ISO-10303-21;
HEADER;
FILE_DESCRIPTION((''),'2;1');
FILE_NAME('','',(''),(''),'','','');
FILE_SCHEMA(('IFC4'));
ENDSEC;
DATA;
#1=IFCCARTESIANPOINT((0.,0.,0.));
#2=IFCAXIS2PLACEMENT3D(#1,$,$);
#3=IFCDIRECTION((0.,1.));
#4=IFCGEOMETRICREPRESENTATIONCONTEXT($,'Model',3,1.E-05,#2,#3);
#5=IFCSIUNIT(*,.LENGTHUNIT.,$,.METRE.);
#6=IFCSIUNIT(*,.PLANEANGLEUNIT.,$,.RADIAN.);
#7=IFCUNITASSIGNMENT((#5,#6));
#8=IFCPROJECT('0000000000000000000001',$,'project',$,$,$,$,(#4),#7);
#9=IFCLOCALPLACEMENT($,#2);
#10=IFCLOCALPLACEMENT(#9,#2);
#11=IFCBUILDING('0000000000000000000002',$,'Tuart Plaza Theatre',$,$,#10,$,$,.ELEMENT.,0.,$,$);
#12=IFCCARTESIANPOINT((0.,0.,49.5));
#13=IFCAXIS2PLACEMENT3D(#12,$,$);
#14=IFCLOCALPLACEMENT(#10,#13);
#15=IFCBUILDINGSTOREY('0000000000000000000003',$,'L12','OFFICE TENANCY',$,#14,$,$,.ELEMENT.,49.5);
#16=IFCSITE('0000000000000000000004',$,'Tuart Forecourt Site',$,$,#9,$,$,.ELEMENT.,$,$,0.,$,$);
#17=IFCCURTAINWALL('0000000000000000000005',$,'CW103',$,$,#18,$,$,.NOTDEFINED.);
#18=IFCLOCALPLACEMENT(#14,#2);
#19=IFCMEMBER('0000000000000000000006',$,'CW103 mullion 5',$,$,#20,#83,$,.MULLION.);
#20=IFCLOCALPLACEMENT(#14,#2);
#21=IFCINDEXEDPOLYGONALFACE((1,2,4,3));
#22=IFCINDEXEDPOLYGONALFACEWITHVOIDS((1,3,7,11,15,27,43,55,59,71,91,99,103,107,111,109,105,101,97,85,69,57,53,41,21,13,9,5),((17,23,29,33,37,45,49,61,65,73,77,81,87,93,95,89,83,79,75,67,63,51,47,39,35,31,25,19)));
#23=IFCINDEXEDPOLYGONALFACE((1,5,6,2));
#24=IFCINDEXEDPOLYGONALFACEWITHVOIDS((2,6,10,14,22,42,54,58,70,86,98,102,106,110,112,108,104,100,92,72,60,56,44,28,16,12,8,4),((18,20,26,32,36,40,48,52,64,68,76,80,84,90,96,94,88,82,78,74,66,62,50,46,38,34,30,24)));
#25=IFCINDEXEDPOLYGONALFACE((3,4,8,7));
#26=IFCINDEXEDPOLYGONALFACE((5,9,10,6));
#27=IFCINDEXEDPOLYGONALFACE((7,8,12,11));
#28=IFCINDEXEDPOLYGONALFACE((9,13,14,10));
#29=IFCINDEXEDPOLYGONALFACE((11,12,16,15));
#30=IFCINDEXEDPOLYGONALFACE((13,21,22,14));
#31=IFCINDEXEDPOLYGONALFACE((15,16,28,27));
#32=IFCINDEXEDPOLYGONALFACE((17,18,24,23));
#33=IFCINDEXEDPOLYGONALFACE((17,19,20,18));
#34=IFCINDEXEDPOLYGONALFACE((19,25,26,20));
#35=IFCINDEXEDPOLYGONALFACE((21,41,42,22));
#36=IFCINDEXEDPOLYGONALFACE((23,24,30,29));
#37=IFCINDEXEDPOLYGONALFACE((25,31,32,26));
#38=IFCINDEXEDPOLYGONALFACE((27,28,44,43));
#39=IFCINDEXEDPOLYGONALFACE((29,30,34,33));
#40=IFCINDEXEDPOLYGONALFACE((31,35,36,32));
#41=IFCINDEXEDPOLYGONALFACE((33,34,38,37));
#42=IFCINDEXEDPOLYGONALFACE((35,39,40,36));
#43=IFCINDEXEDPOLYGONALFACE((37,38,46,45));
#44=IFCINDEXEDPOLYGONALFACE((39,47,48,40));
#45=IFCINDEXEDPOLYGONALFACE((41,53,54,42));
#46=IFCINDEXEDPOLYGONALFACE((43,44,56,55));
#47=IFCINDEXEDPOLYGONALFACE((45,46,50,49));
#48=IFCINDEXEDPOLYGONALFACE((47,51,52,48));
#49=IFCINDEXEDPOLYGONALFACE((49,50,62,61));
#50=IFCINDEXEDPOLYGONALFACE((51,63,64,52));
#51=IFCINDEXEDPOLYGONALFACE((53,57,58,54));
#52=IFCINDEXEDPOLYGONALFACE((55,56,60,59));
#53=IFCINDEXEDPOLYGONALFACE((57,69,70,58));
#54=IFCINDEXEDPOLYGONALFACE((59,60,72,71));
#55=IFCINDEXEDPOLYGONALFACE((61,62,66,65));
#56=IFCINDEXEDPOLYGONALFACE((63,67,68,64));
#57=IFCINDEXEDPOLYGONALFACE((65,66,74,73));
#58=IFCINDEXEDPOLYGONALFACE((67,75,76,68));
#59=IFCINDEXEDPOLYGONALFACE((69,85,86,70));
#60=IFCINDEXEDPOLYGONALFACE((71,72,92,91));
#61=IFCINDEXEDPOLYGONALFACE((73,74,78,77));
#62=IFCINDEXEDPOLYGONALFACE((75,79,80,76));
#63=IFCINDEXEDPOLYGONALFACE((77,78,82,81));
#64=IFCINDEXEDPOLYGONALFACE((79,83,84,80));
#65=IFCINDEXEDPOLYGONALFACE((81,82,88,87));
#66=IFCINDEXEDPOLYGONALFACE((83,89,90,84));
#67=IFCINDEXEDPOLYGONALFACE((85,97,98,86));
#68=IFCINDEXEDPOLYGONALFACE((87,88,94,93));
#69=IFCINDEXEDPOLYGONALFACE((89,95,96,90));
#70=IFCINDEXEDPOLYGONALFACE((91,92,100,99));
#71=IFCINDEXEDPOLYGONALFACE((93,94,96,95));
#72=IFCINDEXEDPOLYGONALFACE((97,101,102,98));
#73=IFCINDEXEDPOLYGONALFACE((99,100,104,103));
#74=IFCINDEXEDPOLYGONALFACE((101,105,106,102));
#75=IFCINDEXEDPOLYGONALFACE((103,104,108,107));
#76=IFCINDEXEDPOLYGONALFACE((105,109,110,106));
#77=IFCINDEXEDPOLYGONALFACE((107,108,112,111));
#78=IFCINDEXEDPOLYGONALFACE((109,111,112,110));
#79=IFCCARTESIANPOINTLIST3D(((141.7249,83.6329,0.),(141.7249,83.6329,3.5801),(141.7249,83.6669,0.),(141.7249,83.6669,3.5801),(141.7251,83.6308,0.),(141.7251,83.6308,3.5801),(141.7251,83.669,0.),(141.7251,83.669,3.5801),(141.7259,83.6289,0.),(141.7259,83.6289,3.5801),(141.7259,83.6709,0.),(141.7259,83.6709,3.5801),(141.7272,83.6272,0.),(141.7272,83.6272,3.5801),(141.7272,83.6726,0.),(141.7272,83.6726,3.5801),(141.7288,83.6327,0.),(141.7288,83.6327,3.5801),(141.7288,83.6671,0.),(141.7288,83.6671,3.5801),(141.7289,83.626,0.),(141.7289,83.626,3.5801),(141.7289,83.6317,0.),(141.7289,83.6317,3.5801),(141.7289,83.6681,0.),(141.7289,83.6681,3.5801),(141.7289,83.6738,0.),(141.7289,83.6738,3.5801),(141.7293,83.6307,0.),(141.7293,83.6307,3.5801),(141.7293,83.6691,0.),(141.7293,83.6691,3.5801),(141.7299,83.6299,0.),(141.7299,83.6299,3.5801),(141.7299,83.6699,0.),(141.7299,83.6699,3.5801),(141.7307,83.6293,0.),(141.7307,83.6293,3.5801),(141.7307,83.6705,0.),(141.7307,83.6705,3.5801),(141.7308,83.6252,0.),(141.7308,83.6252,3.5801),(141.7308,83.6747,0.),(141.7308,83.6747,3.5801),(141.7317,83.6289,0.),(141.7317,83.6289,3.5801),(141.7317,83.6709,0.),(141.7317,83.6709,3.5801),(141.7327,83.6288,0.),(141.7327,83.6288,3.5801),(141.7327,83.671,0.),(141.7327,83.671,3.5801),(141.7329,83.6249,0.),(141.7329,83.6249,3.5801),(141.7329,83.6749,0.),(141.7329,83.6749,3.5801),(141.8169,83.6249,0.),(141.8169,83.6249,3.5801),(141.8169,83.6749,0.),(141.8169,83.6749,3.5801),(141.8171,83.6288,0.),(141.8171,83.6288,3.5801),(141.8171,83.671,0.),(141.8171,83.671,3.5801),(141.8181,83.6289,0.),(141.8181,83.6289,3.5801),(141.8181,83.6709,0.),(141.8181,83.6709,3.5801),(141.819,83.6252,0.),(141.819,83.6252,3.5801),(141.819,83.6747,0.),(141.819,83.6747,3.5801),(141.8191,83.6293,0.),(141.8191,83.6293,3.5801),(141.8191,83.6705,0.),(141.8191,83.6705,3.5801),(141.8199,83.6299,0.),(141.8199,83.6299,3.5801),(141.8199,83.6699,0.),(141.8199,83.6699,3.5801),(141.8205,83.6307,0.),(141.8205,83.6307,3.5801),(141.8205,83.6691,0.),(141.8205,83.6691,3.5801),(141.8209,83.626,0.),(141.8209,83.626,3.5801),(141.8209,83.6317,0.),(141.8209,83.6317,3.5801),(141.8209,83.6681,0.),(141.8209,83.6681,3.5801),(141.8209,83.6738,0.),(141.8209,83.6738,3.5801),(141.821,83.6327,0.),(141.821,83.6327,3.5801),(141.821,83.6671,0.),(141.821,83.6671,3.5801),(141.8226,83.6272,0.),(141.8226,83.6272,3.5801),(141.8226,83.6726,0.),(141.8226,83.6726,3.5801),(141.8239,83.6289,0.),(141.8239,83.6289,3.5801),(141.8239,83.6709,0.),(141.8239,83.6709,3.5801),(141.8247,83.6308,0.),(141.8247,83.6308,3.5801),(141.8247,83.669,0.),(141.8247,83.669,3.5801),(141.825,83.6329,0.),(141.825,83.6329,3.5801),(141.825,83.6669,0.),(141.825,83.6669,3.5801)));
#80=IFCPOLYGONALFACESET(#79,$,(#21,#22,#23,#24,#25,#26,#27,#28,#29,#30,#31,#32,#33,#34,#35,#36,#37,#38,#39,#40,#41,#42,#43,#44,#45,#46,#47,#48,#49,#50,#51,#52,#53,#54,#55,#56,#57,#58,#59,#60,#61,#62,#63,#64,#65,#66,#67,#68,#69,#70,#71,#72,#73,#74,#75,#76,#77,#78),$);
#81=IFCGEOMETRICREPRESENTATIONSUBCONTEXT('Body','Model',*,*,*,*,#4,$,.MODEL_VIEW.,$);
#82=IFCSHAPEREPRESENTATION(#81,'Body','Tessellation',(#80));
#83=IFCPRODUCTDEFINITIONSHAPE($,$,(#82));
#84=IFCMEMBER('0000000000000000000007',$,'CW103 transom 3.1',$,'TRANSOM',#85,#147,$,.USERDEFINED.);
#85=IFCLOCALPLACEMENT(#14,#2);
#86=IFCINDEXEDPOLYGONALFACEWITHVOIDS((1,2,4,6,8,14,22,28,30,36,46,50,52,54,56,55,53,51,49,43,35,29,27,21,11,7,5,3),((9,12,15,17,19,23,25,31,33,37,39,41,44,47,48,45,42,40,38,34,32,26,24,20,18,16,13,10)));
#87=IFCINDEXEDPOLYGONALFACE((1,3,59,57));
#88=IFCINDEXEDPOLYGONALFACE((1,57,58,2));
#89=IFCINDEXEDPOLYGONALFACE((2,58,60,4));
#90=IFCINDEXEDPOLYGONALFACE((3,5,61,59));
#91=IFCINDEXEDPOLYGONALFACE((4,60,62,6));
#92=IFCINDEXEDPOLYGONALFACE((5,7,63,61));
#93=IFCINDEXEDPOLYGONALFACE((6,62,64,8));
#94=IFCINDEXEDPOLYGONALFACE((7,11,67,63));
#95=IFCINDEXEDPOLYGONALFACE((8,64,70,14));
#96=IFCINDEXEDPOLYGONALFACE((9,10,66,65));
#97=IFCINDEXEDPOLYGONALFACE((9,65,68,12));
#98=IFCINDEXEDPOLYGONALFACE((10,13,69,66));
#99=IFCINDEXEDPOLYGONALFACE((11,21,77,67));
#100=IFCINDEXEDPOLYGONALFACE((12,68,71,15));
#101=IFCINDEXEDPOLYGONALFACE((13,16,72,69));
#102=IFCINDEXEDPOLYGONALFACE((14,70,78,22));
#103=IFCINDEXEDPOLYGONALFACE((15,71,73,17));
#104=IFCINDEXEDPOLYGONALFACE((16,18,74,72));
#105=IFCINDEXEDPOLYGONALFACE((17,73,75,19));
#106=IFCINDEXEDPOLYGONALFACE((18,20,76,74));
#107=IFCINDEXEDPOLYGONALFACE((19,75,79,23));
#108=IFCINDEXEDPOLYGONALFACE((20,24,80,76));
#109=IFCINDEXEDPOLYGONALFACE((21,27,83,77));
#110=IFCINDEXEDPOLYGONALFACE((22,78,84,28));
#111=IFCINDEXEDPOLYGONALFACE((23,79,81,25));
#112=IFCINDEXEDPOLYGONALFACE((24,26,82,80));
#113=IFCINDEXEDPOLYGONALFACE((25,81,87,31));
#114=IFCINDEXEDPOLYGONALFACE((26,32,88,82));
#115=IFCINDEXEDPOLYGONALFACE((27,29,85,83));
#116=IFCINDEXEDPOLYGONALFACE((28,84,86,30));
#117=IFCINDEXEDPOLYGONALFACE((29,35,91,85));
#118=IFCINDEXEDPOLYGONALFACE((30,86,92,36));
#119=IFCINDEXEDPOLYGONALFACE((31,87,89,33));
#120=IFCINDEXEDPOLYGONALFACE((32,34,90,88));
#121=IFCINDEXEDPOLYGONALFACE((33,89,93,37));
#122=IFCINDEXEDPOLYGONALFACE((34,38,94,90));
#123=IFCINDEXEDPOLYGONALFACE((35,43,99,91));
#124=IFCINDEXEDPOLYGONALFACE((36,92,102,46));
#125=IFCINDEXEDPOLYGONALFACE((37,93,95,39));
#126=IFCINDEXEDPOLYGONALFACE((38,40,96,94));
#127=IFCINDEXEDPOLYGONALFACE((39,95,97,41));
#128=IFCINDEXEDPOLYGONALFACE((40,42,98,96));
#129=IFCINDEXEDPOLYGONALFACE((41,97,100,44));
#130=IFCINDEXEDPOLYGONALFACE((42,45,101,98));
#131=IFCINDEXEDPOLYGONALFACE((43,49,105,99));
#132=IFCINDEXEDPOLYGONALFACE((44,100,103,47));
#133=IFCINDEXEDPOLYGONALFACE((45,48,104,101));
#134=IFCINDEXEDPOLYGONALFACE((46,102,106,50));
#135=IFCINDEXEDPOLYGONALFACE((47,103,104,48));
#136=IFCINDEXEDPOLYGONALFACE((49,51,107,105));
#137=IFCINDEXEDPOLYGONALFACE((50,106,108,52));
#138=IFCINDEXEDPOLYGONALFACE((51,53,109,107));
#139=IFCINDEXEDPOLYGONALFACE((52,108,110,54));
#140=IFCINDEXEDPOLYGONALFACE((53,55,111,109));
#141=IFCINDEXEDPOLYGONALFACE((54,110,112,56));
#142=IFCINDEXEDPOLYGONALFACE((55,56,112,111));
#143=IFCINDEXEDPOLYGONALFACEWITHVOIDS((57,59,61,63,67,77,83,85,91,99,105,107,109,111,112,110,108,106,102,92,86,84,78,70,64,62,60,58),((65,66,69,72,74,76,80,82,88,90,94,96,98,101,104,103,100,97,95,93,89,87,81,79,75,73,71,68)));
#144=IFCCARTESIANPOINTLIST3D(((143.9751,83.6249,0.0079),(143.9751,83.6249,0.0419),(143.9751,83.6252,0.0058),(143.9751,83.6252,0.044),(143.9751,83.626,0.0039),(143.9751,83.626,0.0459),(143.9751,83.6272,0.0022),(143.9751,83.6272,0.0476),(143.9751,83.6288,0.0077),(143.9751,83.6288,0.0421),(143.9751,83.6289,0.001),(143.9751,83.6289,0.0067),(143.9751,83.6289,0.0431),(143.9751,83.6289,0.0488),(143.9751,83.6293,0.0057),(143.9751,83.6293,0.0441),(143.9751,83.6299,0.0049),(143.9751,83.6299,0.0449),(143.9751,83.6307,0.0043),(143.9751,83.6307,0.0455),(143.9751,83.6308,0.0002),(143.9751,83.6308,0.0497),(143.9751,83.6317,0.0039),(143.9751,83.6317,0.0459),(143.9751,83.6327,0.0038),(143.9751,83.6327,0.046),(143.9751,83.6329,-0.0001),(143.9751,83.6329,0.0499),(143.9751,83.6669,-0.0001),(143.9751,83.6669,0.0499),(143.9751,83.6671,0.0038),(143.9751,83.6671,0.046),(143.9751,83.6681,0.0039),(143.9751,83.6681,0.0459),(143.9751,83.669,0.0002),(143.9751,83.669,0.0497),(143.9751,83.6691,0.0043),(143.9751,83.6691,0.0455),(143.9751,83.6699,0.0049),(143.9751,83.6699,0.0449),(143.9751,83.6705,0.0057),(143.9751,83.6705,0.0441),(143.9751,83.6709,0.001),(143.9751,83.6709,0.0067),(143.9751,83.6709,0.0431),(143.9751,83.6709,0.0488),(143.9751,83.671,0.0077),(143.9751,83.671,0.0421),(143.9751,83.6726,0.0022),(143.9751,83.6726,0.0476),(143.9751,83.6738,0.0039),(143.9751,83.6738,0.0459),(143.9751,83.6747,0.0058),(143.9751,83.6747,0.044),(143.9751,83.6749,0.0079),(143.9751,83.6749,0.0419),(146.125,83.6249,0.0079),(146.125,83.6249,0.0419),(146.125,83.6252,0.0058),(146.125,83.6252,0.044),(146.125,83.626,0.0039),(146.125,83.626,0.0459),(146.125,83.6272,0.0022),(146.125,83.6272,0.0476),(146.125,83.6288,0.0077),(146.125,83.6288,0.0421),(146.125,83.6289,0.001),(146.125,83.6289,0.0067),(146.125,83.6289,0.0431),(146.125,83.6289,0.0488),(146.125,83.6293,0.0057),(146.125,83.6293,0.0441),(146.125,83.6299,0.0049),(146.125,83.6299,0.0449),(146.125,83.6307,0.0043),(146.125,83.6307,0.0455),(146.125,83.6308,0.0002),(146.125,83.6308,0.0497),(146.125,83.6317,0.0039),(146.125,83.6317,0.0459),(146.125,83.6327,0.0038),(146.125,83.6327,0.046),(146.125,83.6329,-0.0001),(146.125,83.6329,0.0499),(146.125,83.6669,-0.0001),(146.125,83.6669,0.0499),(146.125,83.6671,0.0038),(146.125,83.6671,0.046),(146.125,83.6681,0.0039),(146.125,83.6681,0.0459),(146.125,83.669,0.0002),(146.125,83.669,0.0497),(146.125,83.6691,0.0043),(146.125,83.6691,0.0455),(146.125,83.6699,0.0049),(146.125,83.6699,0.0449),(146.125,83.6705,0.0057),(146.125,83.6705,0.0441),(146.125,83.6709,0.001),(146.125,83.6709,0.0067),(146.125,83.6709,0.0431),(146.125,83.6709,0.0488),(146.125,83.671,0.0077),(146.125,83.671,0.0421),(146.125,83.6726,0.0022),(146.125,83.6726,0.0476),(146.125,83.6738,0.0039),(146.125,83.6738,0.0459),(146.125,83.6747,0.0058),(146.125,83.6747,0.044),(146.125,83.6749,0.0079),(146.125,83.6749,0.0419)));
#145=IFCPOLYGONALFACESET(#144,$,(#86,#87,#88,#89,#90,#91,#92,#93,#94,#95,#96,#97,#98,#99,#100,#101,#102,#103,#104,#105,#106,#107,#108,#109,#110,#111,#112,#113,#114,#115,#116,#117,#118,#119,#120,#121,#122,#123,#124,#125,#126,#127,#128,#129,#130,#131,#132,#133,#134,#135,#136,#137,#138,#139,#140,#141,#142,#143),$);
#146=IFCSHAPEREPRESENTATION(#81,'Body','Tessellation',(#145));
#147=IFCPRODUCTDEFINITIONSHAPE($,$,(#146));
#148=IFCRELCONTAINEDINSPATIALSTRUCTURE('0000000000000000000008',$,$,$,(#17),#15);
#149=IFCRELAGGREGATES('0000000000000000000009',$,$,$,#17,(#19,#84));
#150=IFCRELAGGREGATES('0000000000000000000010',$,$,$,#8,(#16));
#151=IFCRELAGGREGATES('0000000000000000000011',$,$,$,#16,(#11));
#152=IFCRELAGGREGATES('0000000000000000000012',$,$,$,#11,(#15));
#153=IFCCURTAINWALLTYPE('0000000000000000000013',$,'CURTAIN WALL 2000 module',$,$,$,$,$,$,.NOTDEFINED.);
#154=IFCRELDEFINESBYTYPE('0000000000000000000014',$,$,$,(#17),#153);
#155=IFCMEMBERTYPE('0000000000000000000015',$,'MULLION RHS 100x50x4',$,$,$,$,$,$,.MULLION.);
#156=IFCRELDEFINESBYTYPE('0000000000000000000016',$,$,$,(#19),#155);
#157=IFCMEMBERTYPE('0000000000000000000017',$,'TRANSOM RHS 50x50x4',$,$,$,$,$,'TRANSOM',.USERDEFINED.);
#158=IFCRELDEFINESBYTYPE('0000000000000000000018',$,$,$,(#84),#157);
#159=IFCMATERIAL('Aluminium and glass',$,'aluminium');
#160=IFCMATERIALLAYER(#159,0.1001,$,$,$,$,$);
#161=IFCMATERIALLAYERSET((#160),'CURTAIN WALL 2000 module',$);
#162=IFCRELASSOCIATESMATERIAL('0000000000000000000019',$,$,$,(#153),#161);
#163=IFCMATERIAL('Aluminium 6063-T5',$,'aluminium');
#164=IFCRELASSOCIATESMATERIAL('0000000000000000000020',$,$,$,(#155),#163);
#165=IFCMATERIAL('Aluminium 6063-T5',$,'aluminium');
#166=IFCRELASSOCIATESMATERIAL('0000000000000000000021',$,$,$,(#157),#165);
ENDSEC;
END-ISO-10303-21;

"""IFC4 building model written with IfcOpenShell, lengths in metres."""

from ifc_helpers import new_model, si_unit, direction, frame, origin, origin_2d, place, context, subcontext, project, spatial, hollow_rectangle, extrude, material, layer, layer_set, material_profile, profile_set, type_object, element, aggregate, save


model = new_model("IFC4")

# Units and contexts
model_context = context("Model", 3, precision=1e-05, world=origin(), true_north=direction((0.0, 1.0)))
body_context = subcontext(model_context, "Body", "Model", "MODEL_VIEW")
ifc_project = project(units=[si_unit("LENGTHUNIT", "METRE"), si_unit("PLANEANGLEUNIT", "RADIAN")], contexts=[model_context])

# Site, building, storey
site_placement = place(None, origin())
site = spatial("IfcSite", under=ifc_project, at=site_placement, Name="Tuart Forecourt Site", CompositionType="ELEMENT", RefElevation=0.0)
building_placement = place(site_placement, origin())
building = spatial("IfcBuilding", under=site, at=building_placement, Name="Tuart Plaza Theatre", CompositionType="ELEMENT", ElevationOfRefHeight=0.0)
storey_placement = place(building_placement, frame((0.0, 0.0, 49.5)))
storey = spatial("IfcBuildingStorey", under=building, at=storey_placement, Name="L12", Description="OFFICE TENANCY", CompositionType="ELEMENT", Elevation=49.5)

# Curtain wall, members
ifc_material_1 = material(Name="Aluminium and glass", Category="aluminium")
ifc_layer_1 = layer(ifc_material_1, 0.1001)
ifc_layer_set_1 = layer_set([ifc_layer_1], Name="CURTAIN WALL 2000 module")
curtain_wall_type = type_object("IfcCurtainWallType", Name="CURTAIN WALL 2000 module", PredefinedType="NOTDEFINED", material=ifc_layer_set_1)
curtain_wall_1_placement = place(storey_placement, origin())
curtain_wall_1 = element("IfcCurtainWall", 1, at=curtain_wall_1_placement, inside=storey, type_object=curtain_wall_type, Name="CW103", PredefinedType="NOTDEFINED")
ifc_material_2 = material(Name="Aluminium 6063-T5", Category="aluminium")
ifc_material_profile_1 = material_profile(ifc_material_2, hollow_rectangle(XDim=0.05, YDim=0.1001, WallThickness=0.0039, InnerFilletRadius=0.0039, OuterFilletRadius=0.0081, at=origin_2d()), Name="RHS 100x50x4")
ifc_profile_set_1 = profile_set([ifc_material_profile_1], Name="Aluminium 6063-T5")
member_type_1 = type_object("IfcMemberType", Name="MULLION RHS 100x50x4", PredefinedType="MULLION", material=ifc_profile_set_1)
member_1_placement = place(storey_placement, frame((141.7749, 83.6499, 0.0), z_axis=(0.0, 0.0, 1.0), x_axis=(0.0, -1.0, 0.0)))
member_1 = element("IfcMember", 2, at=member_1_placement, type_object=member_type_1, Name="CW103 mullion 5", PredefinedType="MULLION", context=body_context, shape_type="SweptSolid", body=[
    extrude(hollow_rectangle(XDim=0.05, YDim=0.1001, WallThickness=0.0039, InnerFilletRadius=0.0039, OuterFilletRadius=0.0081, at=origin_2d()), origin(), (0.0, 0.0, 1.0), 3.5801),
])
ifc_material_3 = material(Name="Aluminium 6063-T5", Category="aluminium")
ifc_material_profile_2 = material_profile(ifc_material_3, hollow_rectangle(XDim=0.05, YDim=0.05, WallThickness=0.0039, InnerFilletRadius=0.0039, OuterFilletRadius=0.0081, at=origin_2d()), Name="RHS 50x50x4")
ifc_profile_set_2 = profile_set([ifc_material_profile_2], Name="Aluminium 6063-T5")
member_type_2 = type_object("IfcMemberType", Name="TRANSOM RHS 50x50x4", ElementType="TRANSOM", PredefinedType="USERDEFINED", material=ifc_profile_set_2)
member_2_placement = place(storey_placement, frame((146.125, 83.6499, 0.0249), z_axis=(-1.0, 0.0, 0.0), x_axis=(0.0, -1.0, 0.0)))
member_2 = element("IfcMember", 3, at=member_2_placement, type_object=member_type_2, Name="CW103 transom 3.1", ObjectType="TRANSOM", PredefinedType="USERDEFINED", context=body_context, shape_type="SweptSolid", body=[
    extrude(hollow_rectangle(XDim=0.05, YDim=0.05, WallThickness=0.0039, InnerFilletRadius=0.0039, OuterFilletRadius=0.0081, at=origin_2d()), origin(), (0.0, 0.0, 1.0), 2.1499),
])

aggregate(curtain_wall_1, [member_1, member_2])

save(model, "model.ifc")
